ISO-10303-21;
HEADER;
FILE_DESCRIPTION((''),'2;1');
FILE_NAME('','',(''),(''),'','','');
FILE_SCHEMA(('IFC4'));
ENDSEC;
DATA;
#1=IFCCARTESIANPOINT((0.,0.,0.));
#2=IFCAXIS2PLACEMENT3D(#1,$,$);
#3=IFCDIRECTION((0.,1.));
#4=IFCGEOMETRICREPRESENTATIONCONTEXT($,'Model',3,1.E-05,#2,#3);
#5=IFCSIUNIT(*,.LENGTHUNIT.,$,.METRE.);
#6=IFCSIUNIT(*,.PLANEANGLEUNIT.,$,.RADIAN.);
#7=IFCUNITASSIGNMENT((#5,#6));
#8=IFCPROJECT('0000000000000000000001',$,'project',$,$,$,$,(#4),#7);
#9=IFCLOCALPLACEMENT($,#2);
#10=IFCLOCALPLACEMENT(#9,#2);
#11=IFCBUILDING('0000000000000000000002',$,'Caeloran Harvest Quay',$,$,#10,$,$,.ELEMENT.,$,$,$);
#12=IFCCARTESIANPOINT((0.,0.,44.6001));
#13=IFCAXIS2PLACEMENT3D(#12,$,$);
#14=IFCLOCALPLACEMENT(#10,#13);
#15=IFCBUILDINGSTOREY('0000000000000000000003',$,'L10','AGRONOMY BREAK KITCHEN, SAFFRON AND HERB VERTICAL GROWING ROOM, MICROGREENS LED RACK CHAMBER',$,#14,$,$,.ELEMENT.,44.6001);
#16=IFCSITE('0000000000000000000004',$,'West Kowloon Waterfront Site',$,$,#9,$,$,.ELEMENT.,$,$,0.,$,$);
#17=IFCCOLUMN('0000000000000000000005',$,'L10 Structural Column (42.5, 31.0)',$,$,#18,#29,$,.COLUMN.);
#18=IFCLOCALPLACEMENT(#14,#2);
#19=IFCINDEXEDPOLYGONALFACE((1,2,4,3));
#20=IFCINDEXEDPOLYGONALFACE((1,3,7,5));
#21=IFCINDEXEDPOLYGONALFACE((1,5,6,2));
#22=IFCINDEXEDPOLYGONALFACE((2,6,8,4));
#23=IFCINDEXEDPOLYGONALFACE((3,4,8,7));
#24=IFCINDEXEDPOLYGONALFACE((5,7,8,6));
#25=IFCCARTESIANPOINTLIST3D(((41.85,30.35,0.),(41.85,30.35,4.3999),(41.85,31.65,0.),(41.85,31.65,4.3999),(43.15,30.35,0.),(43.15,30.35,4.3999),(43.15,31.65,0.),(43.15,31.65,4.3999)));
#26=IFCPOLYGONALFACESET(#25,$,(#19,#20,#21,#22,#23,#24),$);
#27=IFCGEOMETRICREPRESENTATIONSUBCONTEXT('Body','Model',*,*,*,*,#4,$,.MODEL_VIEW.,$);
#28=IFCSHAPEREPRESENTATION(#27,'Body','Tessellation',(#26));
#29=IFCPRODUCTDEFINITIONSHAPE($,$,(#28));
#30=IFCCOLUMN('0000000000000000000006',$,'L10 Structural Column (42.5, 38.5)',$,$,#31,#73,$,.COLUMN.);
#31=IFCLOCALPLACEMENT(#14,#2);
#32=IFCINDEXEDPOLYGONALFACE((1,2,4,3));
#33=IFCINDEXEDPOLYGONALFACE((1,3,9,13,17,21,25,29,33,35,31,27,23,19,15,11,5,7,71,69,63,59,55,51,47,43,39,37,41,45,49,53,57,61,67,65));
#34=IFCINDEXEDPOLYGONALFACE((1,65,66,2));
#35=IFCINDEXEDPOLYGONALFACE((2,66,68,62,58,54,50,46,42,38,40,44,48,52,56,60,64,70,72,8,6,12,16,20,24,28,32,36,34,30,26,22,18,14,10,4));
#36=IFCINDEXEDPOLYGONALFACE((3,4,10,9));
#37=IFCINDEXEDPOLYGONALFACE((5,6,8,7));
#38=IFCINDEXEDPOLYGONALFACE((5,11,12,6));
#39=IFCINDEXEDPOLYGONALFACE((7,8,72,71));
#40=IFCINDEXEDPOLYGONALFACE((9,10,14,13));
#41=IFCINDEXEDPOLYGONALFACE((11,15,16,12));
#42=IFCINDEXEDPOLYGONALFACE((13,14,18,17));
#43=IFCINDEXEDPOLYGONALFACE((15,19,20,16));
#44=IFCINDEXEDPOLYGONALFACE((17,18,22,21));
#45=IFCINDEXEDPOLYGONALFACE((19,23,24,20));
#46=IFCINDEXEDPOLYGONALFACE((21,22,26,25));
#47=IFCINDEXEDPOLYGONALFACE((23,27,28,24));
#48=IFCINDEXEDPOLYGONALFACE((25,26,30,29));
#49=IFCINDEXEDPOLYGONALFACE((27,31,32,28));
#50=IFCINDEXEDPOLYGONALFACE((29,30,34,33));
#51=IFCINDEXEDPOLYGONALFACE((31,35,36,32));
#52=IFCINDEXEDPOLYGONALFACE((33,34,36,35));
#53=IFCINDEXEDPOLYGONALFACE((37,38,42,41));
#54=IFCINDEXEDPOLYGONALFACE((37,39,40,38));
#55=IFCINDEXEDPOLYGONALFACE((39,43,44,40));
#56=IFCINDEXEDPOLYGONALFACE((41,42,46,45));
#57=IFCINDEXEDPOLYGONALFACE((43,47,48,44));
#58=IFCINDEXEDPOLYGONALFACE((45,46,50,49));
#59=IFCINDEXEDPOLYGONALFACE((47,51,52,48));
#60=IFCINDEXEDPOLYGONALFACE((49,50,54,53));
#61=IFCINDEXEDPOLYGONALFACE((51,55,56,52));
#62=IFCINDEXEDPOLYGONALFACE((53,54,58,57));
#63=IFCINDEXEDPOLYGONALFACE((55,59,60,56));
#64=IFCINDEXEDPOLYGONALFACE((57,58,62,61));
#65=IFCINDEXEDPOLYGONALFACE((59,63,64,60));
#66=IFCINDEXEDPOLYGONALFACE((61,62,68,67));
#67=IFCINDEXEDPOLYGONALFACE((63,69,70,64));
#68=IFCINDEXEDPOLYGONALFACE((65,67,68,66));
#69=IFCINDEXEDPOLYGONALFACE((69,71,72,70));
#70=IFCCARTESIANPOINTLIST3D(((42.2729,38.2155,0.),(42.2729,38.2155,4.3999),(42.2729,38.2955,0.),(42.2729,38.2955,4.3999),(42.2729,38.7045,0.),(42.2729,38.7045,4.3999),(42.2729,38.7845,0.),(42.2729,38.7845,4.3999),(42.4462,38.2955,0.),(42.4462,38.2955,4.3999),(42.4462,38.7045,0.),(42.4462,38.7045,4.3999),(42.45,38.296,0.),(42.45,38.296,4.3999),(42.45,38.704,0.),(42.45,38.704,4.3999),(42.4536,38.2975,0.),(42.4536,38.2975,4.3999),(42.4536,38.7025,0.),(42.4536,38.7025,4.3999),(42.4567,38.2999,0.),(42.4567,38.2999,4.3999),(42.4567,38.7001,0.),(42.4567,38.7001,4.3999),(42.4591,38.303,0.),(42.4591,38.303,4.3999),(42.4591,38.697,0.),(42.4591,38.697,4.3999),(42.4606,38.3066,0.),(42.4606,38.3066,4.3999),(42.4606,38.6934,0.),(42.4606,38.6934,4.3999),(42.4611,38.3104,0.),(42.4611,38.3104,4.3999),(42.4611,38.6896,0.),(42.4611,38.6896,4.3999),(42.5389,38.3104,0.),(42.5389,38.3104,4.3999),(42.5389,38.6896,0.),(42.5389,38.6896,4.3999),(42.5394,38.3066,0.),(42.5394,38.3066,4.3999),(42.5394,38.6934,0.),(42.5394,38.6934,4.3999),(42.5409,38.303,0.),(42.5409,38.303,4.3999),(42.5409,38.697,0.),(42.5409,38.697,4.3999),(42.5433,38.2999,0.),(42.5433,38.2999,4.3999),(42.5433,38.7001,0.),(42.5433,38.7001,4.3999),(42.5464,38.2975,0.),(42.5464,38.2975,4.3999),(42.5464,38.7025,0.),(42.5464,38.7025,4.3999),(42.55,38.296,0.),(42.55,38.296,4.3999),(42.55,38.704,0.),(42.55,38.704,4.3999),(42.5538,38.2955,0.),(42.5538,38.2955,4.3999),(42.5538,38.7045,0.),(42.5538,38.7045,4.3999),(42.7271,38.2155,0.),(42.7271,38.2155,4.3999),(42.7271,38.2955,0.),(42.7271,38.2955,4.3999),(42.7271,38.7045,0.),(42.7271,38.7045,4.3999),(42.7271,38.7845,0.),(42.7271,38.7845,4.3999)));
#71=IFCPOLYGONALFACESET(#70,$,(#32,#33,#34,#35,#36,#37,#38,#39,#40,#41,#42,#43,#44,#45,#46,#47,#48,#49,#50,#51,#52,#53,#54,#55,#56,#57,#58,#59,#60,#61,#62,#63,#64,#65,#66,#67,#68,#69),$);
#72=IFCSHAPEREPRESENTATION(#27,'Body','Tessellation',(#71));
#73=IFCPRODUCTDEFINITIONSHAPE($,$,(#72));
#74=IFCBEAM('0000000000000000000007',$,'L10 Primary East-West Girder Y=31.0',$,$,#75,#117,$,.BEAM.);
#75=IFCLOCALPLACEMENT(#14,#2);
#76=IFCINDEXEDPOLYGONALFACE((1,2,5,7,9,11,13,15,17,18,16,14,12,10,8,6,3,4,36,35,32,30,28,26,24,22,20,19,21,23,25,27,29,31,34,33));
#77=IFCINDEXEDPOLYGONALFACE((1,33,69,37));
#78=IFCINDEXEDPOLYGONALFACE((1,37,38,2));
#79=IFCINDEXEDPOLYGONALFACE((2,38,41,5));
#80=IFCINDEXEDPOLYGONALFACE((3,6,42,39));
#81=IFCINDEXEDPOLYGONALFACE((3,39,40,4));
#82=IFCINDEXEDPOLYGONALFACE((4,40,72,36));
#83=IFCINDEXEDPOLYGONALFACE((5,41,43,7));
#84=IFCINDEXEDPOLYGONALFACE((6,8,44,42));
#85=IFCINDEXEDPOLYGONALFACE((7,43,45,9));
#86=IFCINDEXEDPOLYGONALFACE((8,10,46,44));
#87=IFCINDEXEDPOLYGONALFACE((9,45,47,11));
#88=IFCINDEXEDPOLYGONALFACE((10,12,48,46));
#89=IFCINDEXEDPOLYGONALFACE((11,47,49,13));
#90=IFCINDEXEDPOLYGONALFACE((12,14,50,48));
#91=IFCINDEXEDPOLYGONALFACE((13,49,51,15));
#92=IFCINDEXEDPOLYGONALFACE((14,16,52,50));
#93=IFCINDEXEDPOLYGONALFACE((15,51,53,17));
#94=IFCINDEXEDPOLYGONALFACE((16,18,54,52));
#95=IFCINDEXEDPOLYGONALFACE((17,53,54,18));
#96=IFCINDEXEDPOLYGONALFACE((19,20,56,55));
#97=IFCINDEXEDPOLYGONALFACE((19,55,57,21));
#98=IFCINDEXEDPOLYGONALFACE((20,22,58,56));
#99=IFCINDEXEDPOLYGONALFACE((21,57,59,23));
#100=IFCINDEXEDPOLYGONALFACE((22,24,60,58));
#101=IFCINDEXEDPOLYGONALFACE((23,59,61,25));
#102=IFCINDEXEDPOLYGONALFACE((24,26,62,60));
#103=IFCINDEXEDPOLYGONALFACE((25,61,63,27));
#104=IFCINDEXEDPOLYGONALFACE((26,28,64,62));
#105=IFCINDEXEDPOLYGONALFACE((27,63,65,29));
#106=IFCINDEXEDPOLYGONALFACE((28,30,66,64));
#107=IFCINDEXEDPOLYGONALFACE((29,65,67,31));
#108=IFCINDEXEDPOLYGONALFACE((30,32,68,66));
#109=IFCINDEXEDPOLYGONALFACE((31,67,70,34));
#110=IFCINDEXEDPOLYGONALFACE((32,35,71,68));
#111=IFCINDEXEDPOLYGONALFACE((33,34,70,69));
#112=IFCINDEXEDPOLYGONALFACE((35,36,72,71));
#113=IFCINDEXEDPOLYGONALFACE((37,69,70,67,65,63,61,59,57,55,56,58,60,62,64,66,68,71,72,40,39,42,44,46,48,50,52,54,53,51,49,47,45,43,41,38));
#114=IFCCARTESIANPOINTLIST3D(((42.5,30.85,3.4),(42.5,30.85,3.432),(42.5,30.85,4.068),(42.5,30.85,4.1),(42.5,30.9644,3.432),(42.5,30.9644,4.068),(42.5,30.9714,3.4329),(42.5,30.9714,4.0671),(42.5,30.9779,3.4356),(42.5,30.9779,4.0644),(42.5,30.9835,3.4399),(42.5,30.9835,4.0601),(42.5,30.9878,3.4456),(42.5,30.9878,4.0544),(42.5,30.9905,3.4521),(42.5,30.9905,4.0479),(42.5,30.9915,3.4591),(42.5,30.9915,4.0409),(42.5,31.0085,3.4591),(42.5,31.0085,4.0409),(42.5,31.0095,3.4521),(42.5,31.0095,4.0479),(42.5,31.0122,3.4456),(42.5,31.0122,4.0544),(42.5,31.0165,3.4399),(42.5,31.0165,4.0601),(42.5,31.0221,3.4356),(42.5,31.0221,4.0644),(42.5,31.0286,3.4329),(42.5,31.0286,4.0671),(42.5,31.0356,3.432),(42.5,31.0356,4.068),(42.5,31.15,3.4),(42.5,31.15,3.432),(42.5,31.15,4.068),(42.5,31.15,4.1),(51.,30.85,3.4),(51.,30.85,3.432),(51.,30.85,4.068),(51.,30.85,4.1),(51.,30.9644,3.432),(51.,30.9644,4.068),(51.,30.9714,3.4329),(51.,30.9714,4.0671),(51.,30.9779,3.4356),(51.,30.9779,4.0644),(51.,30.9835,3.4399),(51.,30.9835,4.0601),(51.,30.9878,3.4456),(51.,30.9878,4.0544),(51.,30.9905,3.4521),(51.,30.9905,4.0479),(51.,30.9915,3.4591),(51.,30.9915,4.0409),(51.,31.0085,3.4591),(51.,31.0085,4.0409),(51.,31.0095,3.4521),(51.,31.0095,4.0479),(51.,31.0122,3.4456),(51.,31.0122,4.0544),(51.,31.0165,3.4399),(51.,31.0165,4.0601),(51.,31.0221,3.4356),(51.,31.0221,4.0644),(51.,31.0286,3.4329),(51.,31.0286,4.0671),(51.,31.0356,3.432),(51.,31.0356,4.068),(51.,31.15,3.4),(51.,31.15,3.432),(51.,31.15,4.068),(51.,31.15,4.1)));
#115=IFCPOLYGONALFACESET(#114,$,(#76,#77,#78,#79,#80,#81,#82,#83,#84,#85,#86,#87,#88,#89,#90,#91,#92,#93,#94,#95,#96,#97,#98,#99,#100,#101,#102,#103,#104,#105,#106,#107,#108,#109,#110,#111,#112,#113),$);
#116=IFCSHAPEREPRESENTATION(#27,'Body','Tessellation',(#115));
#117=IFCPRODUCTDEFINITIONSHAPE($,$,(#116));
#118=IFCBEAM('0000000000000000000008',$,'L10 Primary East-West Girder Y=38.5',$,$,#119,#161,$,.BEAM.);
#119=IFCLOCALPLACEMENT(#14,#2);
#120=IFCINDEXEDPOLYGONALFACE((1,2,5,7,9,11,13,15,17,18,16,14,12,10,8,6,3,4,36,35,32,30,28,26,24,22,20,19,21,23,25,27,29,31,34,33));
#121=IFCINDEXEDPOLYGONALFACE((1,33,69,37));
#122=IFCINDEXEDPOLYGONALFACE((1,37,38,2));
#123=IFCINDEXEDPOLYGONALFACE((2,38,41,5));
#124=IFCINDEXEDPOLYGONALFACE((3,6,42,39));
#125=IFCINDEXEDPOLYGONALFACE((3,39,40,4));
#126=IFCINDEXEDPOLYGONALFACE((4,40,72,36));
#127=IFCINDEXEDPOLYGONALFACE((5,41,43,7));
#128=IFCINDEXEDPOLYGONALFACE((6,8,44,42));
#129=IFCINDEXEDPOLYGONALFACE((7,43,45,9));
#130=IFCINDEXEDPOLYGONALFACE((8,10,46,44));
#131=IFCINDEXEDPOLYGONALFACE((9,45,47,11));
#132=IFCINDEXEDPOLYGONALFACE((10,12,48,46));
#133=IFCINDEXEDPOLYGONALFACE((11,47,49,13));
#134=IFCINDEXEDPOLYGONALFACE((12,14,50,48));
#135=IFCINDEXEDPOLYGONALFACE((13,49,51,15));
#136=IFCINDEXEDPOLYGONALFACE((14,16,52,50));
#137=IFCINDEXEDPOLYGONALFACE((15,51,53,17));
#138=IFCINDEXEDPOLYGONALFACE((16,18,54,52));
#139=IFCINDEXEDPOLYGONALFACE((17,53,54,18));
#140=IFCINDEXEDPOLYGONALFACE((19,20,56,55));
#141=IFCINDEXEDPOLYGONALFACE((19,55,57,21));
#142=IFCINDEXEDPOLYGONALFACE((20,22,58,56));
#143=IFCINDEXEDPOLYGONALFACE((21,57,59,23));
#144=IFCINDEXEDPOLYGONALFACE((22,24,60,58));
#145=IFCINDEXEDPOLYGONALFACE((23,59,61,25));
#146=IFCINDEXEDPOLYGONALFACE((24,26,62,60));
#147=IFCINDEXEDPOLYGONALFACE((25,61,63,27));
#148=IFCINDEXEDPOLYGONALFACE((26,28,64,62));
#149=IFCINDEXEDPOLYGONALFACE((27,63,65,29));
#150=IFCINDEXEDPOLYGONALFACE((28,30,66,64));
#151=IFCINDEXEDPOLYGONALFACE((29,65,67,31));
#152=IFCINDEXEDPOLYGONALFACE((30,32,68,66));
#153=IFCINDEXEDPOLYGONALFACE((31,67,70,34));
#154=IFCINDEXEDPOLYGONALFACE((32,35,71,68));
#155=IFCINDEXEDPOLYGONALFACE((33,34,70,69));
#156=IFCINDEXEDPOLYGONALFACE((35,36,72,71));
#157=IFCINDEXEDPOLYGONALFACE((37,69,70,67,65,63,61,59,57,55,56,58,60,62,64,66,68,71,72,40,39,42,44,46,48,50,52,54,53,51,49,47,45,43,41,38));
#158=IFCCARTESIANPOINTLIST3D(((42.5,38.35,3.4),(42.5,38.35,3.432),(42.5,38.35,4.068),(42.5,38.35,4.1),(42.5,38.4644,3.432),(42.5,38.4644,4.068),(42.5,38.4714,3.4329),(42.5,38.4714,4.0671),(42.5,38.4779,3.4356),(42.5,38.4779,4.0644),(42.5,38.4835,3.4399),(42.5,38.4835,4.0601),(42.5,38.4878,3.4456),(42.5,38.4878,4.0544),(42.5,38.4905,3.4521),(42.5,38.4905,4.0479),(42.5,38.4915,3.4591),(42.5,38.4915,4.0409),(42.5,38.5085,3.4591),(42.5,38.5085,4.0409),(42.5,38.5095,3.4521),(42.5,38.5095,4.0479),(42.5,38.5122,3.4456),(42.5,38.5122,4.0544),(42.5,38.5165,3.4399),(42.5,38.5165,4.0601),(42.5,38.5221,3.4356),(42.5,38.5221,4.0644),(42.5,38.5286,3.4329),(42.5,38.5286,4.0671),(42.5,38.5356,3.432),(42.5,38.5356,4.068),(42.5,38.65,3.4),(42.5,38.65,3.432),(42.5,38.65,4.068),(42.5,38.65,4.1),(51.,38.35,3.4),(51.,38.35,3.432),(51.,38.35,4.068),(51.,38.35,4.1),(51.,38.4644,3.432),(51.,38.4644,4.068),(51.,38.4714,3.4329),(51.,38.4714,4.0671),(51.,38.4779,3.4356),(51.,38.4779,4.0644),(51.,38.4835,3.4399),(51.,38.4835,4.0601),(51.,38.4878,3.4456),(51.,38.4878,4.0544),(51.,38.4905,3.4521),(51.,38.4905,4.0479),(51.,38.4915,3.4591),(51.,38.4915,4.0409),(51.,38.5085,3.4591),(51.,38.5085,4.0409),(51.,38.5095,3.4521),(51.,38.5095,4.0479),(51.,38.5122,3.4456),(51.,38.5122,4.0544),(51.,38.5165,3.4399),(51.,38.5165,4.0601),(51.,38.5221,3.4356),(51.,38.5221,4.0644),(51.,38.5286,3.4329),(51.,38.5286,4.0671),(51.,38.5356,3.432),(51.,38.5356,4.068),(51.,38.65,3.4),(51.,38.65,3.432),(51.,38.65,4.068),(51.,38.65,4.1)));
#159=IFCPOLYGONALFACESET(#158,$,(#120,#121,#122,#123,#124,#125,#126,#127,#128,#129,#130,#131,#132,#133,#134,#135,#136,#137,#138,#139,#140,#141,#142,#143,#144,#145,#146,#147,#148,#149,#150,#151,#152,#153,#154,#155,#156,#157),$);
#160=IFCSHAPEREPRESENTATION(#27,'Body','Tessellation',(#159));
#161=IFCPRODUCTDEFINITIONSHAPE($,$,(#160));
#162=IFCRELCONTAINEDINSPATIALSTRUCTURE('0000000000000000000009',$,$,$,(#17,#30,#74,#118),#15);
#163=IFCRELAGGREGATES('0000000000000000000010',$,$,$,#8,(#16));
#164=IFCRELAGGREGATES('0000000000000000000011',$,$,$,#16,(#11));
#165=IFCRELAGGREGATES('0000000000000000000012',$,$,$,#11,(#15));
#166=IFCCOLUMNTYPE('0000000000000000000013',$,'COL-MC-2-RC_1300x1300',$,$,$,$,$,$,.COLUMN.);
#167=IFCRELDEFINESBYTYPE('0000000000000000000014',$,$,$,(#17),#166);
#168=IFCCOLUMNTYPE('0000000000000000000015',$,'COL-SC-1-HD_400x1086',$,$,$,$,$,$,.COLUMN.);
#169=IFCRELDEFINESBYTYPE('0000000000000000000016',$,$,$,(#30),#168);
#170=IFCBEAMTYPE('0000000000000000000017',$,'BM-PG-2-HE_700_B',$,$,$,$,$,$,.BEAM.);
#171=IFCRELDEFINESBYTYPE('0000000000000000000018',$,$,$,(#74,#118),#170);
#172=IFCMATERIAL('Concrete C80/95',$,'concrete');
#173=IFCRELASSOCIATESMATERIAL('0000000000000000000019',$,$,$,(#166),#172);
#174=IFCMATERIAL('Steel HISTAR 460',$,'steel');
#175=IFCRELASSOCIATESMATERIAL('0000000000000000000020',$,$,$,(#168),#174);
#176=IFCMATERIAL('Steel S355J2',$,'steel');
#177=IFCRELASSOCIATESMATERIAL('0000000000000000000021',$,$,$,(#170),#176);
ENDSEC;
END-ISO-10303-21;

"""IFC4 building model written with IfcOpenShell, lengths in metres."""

from ifc_helpers import new_model, si_unit, direction, frame, origin, origin_2d, place, context, subcontext, project, spatial, rectangle, i_section, extrude, material, material_profile, profile_set, type_object, element, save


model = new_model("IFC4")

# Units and contexts
model_context = context("Model", 3, precision=1e-05, world=origin(), true_north=direction((0.0, 1.0)))
body_context = subcontext(model_context, "Body", "Model", "MODEL_VIEW")
ifc_project = project(units=[si_unit("LENGTHUNIT", "METRE"), si_unit("PLANEANGLEUNIT", "RADIAN")], contexts=[model_context])

# Site, building, storey
site_placement = place(None, origin())
site = spatial("IfcSite", under=ifc_project, at=site_placement, Name="West Kowloon Waterfront Site", CompositionType="ELEMENT", RefElevation=0.0)
building_placement = place(site_placement, origin())
building = spatial("IfcBuilding", under=site, at=building_placement, Name="Caeloran Harvest Quay", CompositionType="ELEMENT")
storey_placement = place(building_placement, frame((0.0, 0.0, 44.6001)))
storey = spatial("IfcBuildingStorey", under=building, at=storey_placement, Name="L10", Description="AGRONOMY BREAK KITCHEN, SAFFRON AND HERB VERTICAL GROWING ROOM, MICROGREENS LED RACK CHAMBER", CompositionType="ELEMENT", Elevation=44.6001)

# Columns
ifc_material_1 = material(Name="Concrete C80/95", Category="concrete")
ifc_material_profile_1 = material_profile(ifc_material_1, rectangle(XDim=1.3, YDim=1.3, at=origin_2d()), Name="RC 1300x1300")
ifc_profile_set_1 = profile_set([ifc_material_profile_1], Name="Concrete C80/95")
column_type_1 = type_object("IfcColumnType", Name="COL-MC-2-RC_1300x1300", PredefinedType="COLUMN", material=ifc_profile_set_1)
column_1_placement = place(storey_placement, frame((42.5, 31.0, 0.0), z_axis=(0.0, 0.0, 1.0), x_axis=(1.0, 0.0, 0.0)))
element("IfcColumn", 1, at=column_1_placement, inside=storey, type_object=column_type_1, Name="L10 Structural Column (42.5, 31.0)", PredefinedType="COLUMN", context=body_context, shape_type="SweptSolid", body=[
    extrude(rectangle(XDim=1.3, YDim=1.3, at=origin_2d()), origin(), (0.0, 0.0, 1.0), 4.3999),
])
ifc_material_2 = material(Name="Steel HISTAR 460", Category="steel")
ifc_material_profile_2 = material_profile(ifc_material_2, i_section(OverallWidth=0.4541, OverallDepth=0.5691, WebThickness=0.0779, FlangeThickness=0.0801, FilletRadius=0.0149, at=origin_2d()), Name="HD 400x1086")
ifc_profile_set_2 = profile_set([ifc_material_profile_2], Name="Steel HISTAR 460")
column_type_2 = type_object("IfcColumnType", Name="COL-SC-1-HD_400x1086", PredefinedType="COLUMN", material=ifc_profile_set_2)
column_2_placement = place(storey_placement, frame((42.5, 38.5, 0.0), z_axis=(0.0, 0.0, 1.0), x_axis=(1.0, 0.0, 0.0)))
element("IfcColumn", 2, at=column_2_placement, inside=storey, type_object=column_type_2, Name="L10 Structural Column (42.5, 38.5)", PredefinedType="COLUMN", context=body_context, shape_type="SweptSolid", body=[
    extrude(i_section(OverallWidth=0.4541, OverallDepth=0.5691, WebThickness=0.0779, FlangeThickness=0.0801, FilletRadius=0.0149, at=origin_2d()), origin(), (0.0, 0.0, 1.0), 4.3999),
])

# Beams
ifc_material_3 = material(Name="Steel S355J2", Category="steel")
ifc_material_profile_3 = material_profile(ifc_material_3, i_section(OverallWidth=0.3, OverallDepth=0.7, WebThickness=0.0171, FlangeThickness=0.032, FilletRadius=0.0271, at=origin_2d()), Name="HE 700 B")
ifc_profile_set_3 = profile_set([ifc_material_profile_3], Name="Steel S355J2")
beam_type_1 = type_object("IfcBeamType", Name="BM-PG-2-HE_700_B", PredefinedType="BEAM", material=ifc_profile_set_3)
for number, where, z_axis, x_axis, name in (
    (3, (42.5, 31.0, 3.75), (1.0, 0.0, 0.0), (0.0, 1.0, 0.0), "L10 Primary East-West Girder Y=31.0"),
    (4, (42.5, 38.5, 3.75), (1.0, 0.0, 0.0), (0.0, 1.0, 0.0), "L10 Primary East-West Girder Y=38.5"),
):
    element("IfcBeam", number, at=place(storey_placement, frame(where, z_axis=z_axis, x_axis=x_axis)), inside=storey, type_object=beam_type_1, Name=name, PredefinedType="BEAM", context=body_context, shape_type="SweptSolid", body=[
        extrude(i_section(OverallWidth=0.3, OverallDepth=0.7, WebThickness=0.0171, FlangeThickness=0.032, FilletRadius=0.0271, at=origin_2d()), origin(), (0.0, 0.0, 1.0), 8.5),
    ])

save(model, "model.ifc")
